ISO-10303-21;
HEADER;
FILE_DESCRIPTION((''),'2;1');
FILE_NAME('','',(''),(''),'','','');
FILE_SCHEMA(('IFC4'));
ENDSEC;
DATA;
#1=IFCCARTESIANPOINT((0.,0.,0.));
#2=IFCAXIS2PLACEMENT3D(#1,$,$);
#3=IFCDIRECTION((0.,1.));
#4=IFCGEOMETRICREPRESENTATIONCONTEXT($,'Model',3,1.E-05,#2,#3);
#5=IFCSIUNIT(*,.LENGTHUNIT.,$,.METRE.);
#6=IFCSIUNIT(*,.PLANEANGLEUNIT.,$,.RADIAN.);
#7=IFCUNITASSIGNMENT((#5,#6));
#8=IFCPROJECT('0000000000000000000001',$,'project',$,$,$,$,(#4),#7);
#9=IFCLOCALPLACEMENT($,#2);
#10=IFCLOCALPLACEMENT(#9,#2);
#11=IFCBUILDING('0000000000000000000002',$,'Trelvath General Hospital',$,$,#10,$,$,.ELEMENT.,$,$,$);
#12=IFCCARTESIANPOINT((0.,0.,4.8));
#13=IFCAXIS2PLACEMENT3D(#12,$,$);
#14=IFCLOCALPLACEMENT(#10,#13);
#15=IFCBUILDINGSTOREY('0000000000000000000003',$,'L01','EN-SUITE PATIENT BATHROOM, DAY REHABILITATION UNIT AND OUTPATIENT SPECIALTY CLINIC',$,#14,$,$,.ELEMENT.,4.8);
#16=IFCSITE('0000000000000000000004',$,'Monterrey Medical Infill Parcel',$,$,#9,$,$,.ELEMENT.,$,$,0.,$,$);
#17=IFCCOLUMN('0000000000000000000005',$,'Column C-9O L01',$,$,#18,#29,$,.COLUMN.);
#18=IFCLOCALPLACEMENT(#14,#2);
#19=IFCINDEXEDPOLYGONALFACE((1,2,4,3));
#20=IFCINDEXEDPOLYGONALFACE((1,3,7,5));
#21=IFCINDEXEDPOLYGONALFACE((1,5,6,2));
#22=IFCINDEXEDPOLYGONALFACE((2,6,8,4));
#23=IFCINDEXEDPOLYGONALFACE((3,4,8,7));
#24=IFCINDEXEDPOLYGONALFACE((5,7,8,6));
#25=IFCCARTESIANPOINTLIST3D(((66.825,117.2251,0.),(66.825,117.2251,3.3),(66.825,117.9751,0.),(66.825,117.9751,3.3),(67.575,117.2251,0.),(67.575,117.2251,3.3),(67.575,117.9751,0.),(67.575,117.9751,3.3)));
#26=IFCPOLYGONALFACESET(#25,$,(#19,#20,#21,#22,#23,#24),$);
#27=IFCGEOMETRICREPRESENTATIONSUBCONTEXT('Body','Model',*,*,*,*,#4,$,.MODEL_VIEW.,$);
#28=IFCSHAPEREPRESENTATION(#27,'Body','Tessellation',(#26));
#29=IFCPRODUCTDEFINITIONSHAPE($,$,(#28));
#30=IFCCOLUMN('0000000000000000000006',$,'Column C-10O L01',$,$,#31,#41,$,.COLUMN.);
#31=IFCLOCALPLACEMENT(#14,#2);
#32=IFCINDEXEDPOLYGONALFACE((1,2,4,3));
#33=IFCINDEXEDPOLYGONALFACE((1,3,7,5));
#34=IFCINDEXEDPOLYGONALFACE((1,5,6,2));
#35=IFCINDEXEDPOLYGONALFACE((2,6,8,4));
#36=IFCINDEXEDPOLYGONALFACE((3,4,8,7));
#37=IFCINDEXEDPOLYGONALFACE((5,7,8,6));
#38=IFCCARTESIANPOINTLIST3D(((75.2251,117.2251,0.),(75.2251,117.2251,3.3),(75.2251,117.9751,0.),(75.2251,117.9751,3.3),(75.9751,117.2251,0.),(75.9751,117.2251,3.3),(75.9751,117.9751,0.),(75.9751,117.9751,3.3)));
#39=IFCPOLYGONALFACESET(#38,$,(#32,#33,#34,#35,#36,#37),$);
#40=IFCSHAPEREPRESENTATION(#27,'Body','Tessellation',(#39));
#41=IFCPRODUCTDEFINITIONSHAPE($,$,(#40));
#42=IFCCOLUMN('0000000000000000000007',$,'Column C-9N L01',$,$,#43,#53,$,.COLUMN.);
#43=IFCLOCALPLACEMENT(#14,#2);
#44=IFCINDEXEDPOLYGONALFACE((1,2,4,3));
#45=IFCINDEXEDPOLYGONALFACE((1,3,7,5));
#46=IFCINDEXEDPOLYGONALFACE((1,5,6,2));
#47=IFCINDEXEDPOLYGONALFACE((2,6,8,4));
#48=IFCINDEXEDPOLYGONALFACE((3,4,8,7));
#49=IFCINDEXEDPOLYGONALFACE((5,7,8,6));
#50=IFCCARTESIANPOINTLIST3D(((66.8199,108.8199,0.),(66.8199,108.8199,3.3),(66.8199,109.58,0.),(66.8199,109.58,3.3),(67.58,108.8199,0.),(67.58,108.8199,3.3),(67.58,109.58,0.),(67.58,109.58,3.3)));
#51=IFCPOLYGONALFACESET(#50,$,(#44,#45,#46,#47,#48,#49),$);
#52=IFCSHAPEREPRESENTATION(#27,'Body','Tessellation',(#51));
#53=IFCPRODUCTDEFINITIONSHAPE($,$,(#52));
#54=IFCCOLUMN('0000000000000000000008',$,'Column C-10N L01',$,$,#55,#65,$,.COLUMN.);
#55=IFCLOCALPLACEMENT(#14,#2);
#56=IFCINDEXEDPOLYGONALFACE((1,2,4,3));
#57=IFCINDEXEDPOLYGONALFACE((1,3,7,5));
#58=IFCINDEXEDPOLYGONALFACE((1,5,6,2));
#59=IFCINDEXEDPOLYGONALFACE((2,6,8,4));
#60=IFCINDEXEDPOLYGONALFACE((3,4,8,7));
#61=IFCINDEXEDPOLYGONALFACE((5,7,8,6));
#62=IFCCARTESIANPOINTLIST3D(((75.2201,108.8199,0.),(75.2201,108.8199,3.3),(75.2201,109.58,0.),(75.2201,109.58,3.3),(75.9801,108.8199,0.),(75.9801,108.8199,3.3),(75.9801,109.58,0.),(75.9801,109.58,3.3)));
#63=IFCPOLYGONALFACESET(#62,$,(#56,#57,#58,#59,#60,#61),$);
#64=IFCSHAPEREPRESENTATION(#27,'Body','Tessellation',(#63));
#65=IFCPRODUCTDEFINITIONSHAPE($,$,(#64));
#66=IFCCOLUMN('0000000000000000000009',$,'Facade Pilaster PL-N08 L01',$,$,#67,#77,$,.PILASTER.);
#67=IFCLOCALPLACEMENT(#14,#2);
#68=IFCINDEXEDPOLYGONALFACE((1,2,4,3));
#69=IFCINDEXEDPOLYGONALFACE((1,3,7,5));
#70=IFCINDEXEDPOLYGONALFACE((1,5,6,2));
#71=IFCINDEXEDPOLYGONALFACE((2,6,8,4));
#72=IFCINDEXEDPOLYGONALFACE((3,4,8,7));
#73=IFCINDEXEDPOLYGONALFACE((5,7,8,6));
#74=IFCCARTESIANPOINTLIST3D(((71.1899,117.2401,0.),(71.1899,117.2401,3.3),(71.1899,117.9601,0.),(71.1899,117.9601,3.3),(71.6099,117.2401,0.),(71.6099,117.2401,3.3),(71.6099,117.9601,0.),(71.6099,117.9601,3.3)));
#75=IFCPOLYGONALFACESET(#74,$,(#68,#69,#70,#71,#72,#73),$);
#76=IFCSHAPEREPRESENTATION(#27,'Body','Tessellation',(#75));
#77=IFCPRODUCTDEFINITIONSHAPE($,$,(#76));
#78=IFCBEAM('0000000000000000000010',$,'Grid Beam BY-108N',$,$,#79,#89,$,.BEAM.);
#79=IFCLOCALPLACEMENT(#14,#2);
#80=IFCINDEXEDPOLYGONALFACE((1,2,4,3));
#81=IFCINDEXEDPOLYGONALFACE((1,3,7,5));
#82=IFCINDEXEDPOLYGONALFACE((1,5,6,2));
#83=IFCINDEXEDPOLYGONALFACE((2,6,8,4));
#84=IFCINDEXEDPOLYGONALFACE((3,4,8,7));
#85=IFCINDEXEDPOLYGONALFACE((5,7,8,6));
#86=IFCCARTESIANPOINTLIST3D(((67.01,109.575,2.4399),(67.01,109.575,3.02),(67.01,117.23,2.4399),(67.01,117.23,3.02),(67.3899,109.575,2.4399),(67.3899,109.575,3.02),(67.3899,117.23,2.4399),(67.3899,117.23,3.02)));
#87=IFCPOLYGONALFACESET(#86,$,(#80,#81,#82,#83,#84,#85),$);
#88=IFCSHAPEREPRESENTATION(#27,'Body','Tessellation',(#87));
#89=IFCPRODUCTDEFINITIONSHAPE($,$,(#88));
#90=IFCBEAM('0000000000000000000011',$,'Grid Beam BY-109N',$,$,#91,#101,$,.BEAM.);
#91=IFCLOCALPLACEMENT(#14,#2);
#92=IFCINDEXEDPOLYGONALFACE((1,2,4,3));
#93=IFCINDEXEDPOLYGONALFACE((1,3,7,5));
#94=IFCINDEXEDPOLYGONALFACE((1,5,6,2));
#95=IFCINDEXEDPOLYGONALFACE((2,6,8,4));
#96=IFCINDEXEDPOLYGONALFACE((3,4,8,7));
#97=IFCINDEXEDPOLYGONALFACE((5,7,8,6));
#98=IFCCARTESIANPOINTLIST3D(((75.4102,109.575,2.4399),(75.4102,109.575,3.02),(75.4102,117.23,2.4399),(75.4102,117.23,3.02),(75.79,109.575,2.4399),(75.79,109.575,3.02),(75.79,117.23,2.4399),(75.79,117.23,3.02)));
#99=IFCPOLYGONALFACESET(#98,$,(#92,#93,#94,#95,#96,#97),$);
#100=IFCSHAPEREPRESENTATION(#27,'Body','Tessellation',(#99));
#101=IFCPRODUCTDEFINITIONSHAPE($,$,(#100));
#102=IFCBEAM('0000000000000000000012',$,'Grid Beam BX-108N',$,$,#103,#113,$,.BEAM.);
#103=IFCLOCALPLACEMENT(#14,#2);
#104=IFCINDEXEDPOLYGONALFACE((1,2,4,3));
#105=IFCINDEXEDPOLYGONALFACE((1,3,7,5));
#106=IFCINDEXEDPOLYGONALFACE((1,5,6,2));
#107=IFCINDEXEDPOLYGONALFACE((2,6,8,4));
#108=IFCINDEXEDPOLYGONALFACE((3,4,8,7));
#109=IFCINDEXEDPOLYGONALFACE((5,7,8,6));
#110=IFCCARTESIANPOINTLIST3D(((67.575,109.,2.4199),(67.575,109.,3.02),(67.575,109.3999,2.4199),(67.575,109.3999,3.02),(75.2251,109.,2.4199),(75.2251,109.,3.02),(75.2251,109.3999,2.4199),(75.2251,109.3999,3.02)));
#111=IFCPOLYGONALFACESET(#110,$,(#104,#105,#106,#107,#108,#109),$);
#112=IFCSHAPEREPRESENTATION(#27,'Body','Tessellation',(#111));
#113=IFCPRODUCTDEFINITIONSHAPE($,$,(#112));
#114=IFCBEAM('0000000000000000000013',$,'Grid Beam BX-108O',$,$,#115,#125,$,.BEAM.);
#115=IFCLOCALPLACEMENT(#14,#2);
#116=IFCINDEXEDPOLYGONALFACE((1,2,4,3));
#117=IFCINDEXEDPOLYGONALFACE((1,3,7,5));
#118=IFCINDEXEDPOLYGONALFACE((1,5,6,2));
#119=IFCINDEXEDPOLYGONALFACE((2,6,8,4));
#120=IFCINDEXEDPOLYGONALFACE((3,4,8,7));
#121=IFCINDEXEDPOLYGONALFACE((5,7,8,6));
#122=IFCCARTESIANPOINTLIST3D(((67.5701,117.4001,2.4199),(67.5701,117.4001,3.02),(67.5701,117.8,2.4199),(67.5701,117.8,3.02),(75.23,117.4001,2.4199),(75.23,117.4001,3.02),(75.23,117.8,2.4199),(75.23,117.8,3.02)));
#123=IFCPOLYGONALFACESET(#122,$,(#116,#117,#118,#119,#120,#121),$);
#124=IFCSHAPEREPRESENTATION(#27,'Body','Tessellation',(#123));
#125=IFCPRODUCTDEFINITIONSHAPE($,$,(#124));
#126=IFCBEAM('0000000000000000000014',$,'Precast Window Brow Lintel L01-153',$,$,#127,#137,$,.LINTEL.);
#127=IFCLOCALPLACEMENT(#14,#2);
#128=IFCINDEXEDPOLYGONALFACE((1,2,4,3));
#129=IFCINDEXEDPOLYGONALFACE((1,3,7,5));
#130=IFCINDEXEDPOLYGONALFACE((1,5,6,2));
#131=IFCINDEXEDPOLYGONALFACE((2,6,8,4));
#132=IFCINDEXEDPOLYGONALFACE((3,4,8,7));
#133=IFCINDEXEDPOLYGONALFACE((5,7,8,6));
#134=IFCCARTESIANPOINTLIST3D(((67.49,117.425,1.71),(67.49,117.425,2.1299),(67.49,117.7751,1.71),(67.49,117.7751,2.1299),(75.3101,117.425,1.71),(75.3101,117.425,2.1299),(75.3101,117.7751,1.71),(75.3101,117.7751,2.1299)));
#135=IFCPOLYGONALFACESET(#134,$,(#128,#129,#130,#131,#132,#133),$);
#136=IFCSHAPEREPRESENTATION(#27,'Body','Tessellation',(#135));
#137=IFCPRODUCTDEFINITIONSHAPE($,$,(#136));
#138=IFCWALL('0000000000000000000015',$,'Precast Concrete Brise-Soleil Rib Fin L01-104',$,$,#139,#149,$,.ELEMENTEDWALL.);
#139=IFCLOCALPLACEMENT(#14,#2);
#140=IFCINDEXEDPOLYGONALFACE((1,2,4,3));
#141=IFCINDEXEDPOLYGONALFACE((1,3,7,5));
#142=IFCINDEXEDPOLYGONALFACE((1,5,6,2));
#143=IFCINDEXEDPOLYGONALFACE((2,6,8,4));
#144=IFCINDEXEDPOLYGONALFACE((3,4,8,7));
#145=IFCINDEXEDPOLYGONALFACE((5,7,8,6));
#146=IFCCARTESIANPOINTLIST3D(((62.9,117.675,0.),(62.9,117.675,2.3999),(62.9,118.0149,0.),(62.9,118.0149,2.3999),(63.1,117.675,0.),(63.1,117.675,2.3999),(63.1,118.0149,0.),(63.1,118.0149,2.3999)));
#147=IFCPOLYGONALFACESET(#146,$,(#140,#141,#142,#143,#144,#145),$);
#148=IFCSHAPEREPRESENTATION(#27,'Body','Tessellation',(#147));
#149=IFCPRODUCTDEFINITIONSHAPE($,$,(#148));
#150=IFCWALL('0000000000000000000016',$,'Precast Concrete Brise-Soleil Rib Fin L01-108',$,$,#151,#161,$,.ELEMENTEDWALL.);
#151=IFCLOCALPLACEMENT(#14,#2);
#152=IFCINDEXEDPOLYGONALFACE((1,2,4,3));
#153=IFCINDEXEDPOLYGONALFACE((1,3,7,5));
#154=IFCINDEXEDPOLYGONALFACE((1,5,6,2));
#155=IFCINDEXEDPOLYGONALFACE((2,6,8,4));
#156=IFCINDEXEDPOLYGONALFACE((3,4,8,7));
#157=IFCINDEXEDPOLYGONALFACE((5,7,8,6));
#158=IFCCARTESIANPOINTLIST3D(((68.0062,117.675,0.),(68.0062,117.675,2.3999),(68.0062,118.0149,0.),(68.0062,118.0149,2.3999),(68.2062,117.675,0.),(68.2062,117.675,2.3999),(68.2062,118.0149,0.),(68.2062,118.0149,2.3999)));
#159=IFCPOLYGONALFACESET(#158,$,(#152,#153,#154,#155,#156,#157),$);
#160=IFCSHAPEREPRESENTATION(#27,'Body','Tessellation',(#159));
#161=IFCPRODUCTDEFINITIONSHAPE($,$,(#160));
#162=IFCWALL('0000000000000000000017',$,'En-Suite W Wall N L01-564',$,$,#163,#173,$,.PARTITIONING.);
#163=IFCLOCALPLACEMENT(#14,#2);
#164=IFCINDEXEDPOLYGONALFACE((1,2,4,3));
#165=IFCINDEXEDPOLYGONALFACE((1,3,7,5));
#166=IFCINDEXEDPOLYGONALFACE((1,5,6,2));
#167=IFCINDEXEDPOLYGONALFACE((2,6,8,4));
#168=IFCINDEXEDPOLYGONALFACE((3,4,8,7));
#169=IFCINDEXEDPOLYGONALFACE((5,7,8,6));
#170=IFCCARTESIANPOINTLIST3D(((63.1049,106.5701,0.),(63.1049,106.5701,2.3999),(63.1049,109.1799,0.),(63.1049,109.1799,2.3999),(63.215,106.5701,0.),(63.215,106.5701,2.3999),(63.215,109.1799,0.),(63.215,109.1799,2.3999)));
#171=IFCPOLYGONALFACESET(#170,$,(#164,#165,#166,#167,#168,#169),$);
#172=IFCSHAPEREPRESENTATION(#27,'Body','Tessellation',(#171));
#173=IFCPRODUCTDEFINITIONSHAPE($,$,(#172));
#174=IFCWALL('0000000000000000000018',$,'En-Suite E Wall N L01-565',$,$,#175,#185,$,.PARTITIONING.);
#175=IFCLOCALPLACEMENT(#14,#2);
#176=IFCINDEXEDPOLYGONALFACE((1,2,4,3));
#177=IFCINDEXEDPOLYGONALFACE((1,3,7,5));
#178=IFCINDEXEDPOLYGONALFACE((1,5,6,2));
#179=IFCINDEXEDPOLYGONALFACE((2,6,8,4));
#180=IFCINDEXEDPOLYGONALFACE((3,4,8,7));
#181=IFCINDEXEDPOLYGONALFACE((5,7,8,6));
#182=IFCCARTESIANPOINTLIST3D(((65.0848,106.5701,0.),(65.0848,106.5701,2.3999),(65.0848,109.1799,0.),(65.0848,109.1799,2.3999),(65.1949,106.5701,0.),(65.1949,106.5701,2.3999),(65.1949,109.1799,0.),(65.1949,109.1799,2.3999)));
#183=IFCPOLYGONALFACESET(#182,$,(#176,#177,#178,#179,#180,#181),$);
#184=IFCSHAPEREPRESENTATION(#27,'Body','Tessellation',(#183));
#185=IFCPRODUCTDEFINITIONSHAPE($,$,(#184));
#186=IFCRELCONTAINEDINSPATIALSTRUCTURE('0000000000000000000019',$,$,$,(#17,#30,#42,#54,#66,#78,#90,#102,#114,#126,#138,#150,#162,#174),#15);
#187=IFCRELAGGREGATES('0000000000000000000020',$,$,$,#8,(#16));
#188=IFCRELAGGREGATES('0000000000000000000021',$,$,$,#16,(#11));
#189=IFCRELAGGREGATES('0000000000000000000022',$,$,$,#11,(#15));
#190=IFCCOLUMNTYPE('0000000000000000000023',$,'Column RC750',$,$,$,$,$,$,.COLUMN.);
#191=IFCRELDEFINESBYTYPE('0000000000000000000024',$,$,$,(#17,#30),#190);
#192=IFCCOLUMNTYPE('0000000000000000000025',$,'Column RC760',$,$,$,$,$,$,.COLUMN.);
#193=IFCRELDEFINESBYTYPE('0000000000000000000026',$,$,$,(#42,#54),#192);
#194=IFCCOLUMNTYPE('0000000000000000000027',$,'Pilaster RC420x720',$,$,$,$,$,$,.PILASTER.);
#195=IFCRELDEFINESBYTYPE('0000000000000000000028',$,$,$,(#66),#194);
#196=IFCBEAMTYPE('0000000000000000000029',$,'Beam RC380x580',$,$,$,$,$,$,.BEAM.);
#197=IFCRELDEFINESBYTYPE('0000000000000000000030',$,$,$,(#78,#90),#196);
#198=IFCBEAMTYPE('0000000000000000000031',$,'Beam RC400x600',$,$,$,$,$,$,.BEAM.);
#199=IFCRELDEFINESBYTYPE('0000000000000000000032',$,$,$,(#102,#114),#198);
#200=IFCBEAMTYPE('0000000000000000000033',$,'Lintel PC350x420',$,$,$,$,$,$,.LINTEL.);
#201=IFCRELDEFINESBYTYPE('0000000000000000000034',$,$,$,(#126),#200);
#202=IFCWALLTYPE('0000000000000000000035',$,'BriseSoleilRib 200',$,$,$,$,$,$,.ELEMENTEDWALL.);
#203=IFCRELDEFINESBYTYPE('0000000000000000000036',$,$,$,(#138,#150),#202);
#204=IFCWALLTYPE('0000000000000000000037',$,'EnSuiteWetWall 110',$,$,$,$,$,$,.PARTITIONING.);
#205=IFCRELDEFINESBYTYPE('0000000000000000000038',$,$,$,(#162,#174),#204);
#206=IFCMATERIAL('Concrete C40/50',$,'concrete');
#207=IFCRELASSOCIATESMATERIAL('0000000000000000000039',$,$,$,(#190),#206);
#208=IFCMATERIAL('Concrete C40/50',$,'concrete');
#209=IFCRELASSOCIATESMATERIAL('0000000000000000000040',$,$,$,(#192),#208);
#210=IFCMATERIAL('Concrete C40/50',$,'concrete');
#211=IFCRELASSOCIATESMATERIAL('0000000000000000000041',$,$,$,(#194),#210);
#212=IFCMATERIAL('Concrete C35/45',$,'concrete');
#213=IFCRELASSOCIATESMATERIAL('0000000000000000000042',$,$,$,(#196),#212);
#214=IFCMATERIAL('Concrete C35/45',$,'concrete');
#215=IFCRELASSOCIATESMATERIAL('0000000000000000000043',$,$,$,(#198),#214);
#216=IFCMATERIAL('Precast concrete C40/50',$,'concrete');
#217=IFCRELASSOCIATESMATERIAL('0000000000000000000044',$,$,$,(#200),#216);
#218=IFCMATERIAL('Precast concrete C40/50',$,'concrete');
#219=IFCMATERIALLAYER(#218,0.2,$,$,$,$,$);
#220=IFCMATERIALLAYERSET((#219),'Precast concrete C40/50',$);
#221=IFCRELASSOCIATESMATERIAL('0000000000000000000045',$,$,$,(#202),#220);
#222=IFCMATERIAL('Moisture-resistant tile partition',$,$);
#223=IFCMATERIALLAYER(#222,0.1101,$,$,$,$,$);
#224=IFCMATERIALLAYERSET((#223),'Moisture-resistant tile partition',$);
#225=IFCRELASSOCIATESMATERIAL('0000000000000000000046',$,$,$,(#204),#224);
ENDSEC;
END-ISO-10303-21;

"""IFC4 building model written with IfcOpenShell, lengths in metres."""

from ifc_helpers import new_model, si_unit, direction, frame, frame_2d, origin, origin_2d, place, context, subcontext, project, spatial, rectangle, extrude, material, layer, layer_set, material_profile, profile_set, type_object, element, save


model = new_model("IFC4")

# Units and contexts
model_context = context("Model", 3, precision=1e-05, world=origin(), true_north=direction((0.0, 1.0)))
body_context = subcontext(model_context, "Body", "Model", "MODEL_VIEW")
ifc_project = project(units=[si_unit("LENGTHUNIT", "METRE"), si_unit("PLANEANGLEUNIT", "RADIAN")], contexts=[model_context])

# Site, building, storey
site_placement = place(None, origin())
site = spatial("IfcSite", under=ifc_project, at=site_placement, Name="Monterrey Medical Infill Parcel", CompositionType="ELEMENT", RefElevation=0.0)
building_placement = place(site_placement, origin())
building = spatial("IfcBuilding", under=site, at=building_placement, Name="Trelvath General Hospital", CompositionType="ELEMENT")
storey_placement = place(building_placement, frame((0.0, 0.0, 4.8)))
storey = spatial("IfcBuildingStorey", under=building, at=storey_placement, Name="L01", Description="EN-SUITE PATIENT BATHROOM, DAY REHABILITATION UNIT AND OUTPATIENT SPECIALTY CLINIC", CompositionType="ELEMENT", Elevation=4.8)

# Columns
ifc_material_1 = material(Name="Concrete C40/50", Category="concrete")
ifc_material_profile_1 = material_profile(ifc_material_1, rectangle(XDim=0.75, YDim=0.75, at=origin_2d()), Name="RC750x750")
ifc_profile_set_1 = profile_set([ifc_material_profile_1], Name="Concrete C40/50")
column_type_1 = type_object("IfcColumnType", Name="Column RC750", PredefinedType="COLUMN", material=ifc_profile_set_1)
for number, where, z_axis, x_axis, name in (
    (1, (67.2, 117.6001, 0.0), (0.0, 0.0, 1.0), (1.0, 0.0, 0.0), "Column C-9O L01"),
    (2, (75.6001, 117.6001, 0.0), (0.0, 0.0, 1.0), (1.0, 0.0, 0.0), "Column C-10O L01"),
):
    element("IfcColumn", number, at=place(storey_placement, frame(where, z_axis=z_axis, x_axis=x_axis)), inside=storey, type_object=column_type_1, Name=name, PredefinedType="COLUMN", context=body_context, shape_type="SweptSolid", body=[
        extrude(rectangle(XDim=0.75, YDim=0.75, at=origin_2d()), origin(), (0.0, 0.0, 1.0), 3.3),
    ])
ifc_material_2 = material(Name="Concrete C40/50", Category="concrete")
ifc_material_profile_2 = material_profile(ifc_material_2, rectangle(XDim=0.76, YDim=0.76, at=origin_2d()), Name="RC760x760")
ifc_profile_set_2 = profile_set([ifc_material_profile_2], Name="Concrete C40/50")
column_type_2 = type_object("IfcColumnType", Name="Column RC760", PredefinedType="COLUMN", material=ifc_profile_set_2)
for number, where, z_axis, x_axis, name in (
    (3, (67.2, 109.2, 0.0), (0.0, 0.0, 1.0), (1.0, 0.0, 0.0), "Column C-9N L01"),
    (4, (75.6001, 109.2, 0.0), (0.0, 0.0, 1.0), (1.0, 0.0, 0.0), "Column C-10N L01"),
):
    element("IfcColumn", number, at=place(storey_placement, frame(where, z_axis=z_axis, x_axis=x_axis)), inside=storey, type_object=column_type_2, Name=name, PredefinedType="COLUMN", context=body_context, shape_type="SweptSolid", body=[
        extrude(rectangle(XDim=0.76, YDim=0.76, at=origin_2d()), origin(), (0.0, 0.0, 1.0), 3.3),
    ])
ifc_material_3 = material(Name="Concrete C40/50", Category="concrete")
ifc_material_profile_3 = material_profile(ifc_material_3, rectangle(XDim=0.4199, YDim=0.72, at=origin_2d()), Name="RC420x720")
ifc_profile_set_3 = profile_set([ifc_material_profile_3], Name="Concrete C40/50")
column_type_3 = type_object("IfcColumnType", Name="Pilaster RC420x720", PredefinedType="PILASTER", material=ifc_profile_set_3)
column_placement = place(storey_placement, frame((71.3999, 117.6001, 0.0), z_axis=(0.0, 0.0, 1.0), x_axis=(1.0, 0.0, 0.0)))
element("IfcColumn", 5, at=column_placement, inside=storey, type_object=column_type_3, Name="Facade Pilaster PL-N08 L01", PredefinedType="PILASTER", context=body_context, shape_type="SweptSolid", body=[
    extrude(rectangle(XDim=0.4199, YDim=0.72, at=origin_2d()), origin(), (0.0, 0.0, 1.0), 3.3),
])

# Beams
ifc_material_4 = material(Name="Concrete C35/45", Category="concrete")
ifc_material_profile_4 = material_profile(ifc_material_4, rectangle(XDim=0.3799, YDim=0.5801, at=origin_2d()), Name="RCB380x580")
ifc_profile_set_4 = profile_set([ifc_material_profile_4], Name="Concrete C35/45")
beam_type_1 = type_object("IfcBeamType", Name="Beam RC380x580", PredefinedType="BEAM", material=ifc_profile_set_4)
for number, where, z_axis, x_axis, name in (
    (6, (67.2, 109.575, 2.73), (0.0, 1.0, 0.0), (-1.0, 0.0, 0.0), "Grid Beam BY-108N"),
    (7, (75.6001, 109.575, 2.73), (0.0, 1.0, 0.0), (-1.0, 0.0, 0.0), "Grid Beam BY-109N"),
):
    element("IfcBeam", number, at=place(storey_placement, frame(where, z_axis=z_axis, x_axis=x_axis)), inside=storey, type_object=beam_type_1, Name=name, PredefinedType="BEAM", context=body_context, shape_type="SweptSolid", body=[
        extrude(rectangle(XDim=0.3799, YDim=0.5801, at=origin_2d()), origin(), (0.0, 0.0, 1.0), 7.655),
    ])
ifc_material_5 = material(Name="Concrete C35/45", Category="concrete")
ifc_material_profile_5 = material_profile(ifc_material_5, rectangle(XDim=0.3999, YDim=0.6001, at=origin_2d()), Name="RCB400x600")
ifc_profile_set_5 = profile_set([ifc_material_profile_5], Name="Concrete C35/45")
beam_type_2 = type_object("IfcBeamType", Name="Beam RC400x600", PredefinedType="BEAM", material=ifc_profile_set_5)
beam_1_placement = place(storey_placement, frame((67.575, 109.2, 2.72), z_axis=(1.0, 0.0, 0.0), x_axis=(0.0, 1.0, 0.0)))
element("IfcBeam", 8, at=beam_1_placement, inside=storey, type_object=beam_type_2, Name="Grid Beam BX-108N", PredefinedType="BEAM", context=body_context, shape_type="SweptSolid", body=[
    extrude(rectangle(XDim=0.3999, YDim=0.6001, at=origin_2d()), origin(), (0.0, 0.0, 1.0), 7.6501),
])
beam_2_placement = place(storey_placement, frame((67.5701, 117.6001, 2.72), z_axis=(1.0, 0.0, 0.0), x_axis=(0.0, 1.0, 0.0)))
element("IfcBeam", 9, at=beam_2_placement, inside=storey, type_object=beam_type_2, Name="Grid Beam BX-108O", PredefinedType="BEAM", context=body_context, shape_type="SweptSolid", body=[
    extrude(rectangle(XDim=0.3999, YDim=0.6001, at=origin_2d()), origin(), (0.0, 0.0, 1.0), 7.6599),
])
ifc_material_6 = material(Name="Precast concrete C40/50", Category="concrete")
ifc_material_profile_6 = material_profile(ifc_material_6, rectangle(XDim=0.3501, YDim=0.4199, at=origin_2d()), Name="PCL350x420")
ifc_profile_set_6 = profile_set([ifc_material_profile_6], Name="Precast concrete C40/50")
beam_type_3 = type_object("IfcBeamType", Name="Lintel PC350x420", PredefinedType="LINTEL", material=ifc_profile_set_6)
beam_3_placement = place(storey_placement, frame((67.49, 117.6001, 1.9199), z_axis=(1.0, 0.0, 0.0), x_axis=(0.0, 1.0, 0.0)))
element("IfcBeam", 10, at=beam_3_placement, inside=storey, type_object=beam_type_3, Name="Precast Window Brow Lintel L01-153", PredefinedType="LINTEL", context=body_context, shape_type="SweptSolid", body=[
    extrude(rectangle(XDim=0.3501, YDim=0.4199, at=origin_2d()), origin(), (0.0, 0.0, 1.0), 7.8201),
])

# Walls
ifc_material_7 = material(Name="Precast concrete C40/50", Category="concrete")
ifc_layer_1 = layer(ifc_material_7, 0.2)
ifc_layer_set_1 = layer_set([ifc_layer_1], Name="Precast concrete C40/50")
wall_type_1 = type_object("IfcWallType", Name="BriseSoleilRib 200", PredefinedType="ELEMENTEDWALL", material=ifc_layer_set_1)
for number, where, z_axis, x_axis, name in (
    (11, (63.0, 117.675, 0.0), (0.0, 0.0, 1.0), (0.0, 1.0, 0.0), "Precast Concrete Brise-Soleil Rib Fin L01-104"),
    (12, (68.1062, 117.675, 0.0), (0.0, 0.0, 1.0), (0.0, 1.0, 0.0), "Precast Concrete Brise-Soleil Rib Fin L01-108"),
):
    element("IfcWall", number, at=place(storey_placement, frame(where, z_axis=z_axis, x_axis=x_axis)), inside=storey, type_object=wall_type_1, Name=name, PredefinedType="ELEMENTEDWALL", context=body_context, shape_type="SweptSolid", body=[
        extrude(rectangle(XDim=0.3398, YDim=0.2, at=frame_2d((0.1699, 0.0))), origin(), (0.0, 0.0, 1.0), 2.3999),
    ])
ifc_material_8 = material(Name="Moisture-resistant tile partition")
ifc_layer_2 = layer(ifc_material_8, 0.1101)
ifc_layer_set_2 = layer_set([ifc_layer_2], Name="Moisture-resistant tile partition")
wall_type_2 = type_object("IfcWallType", Name="EnSuiteWetWall 110", PredefinedType="PARTITIONING", material=ifc_layer_set_2)
for number, where, z_axis, x_axis, name in (
    (13, (63.1599, 106.5701, 0.0), (0.0, 0.0, 1.0), (0.0, 1.0, 0.0), "En-Suite W Wall N L01-564"),
    (14, (65.1399, 106.5701, 0.0), (0.0, 0.0, 1.0), (0.0, 1.0, 0.0), "En-Suite E Wall N L01-565"),
):
    element("IfcWall", number, at=place(storey_placement, frame(where, z_axis=z_axis, x_axis=x_axis)), inside=storey, type_object=wall_type_2, Name=name, PredefinedType="PARTITIONING", context=body_context, shape_type="SweptSolid", body=[
        extrude(rectangle(XDim=2.6099, YDim=0.1101, at=frame_2d((1.3049, 0.0))), origin(), (0.0, 0.0, 1.0), 2.3999),
    ])

save(model, "model.ifc")
